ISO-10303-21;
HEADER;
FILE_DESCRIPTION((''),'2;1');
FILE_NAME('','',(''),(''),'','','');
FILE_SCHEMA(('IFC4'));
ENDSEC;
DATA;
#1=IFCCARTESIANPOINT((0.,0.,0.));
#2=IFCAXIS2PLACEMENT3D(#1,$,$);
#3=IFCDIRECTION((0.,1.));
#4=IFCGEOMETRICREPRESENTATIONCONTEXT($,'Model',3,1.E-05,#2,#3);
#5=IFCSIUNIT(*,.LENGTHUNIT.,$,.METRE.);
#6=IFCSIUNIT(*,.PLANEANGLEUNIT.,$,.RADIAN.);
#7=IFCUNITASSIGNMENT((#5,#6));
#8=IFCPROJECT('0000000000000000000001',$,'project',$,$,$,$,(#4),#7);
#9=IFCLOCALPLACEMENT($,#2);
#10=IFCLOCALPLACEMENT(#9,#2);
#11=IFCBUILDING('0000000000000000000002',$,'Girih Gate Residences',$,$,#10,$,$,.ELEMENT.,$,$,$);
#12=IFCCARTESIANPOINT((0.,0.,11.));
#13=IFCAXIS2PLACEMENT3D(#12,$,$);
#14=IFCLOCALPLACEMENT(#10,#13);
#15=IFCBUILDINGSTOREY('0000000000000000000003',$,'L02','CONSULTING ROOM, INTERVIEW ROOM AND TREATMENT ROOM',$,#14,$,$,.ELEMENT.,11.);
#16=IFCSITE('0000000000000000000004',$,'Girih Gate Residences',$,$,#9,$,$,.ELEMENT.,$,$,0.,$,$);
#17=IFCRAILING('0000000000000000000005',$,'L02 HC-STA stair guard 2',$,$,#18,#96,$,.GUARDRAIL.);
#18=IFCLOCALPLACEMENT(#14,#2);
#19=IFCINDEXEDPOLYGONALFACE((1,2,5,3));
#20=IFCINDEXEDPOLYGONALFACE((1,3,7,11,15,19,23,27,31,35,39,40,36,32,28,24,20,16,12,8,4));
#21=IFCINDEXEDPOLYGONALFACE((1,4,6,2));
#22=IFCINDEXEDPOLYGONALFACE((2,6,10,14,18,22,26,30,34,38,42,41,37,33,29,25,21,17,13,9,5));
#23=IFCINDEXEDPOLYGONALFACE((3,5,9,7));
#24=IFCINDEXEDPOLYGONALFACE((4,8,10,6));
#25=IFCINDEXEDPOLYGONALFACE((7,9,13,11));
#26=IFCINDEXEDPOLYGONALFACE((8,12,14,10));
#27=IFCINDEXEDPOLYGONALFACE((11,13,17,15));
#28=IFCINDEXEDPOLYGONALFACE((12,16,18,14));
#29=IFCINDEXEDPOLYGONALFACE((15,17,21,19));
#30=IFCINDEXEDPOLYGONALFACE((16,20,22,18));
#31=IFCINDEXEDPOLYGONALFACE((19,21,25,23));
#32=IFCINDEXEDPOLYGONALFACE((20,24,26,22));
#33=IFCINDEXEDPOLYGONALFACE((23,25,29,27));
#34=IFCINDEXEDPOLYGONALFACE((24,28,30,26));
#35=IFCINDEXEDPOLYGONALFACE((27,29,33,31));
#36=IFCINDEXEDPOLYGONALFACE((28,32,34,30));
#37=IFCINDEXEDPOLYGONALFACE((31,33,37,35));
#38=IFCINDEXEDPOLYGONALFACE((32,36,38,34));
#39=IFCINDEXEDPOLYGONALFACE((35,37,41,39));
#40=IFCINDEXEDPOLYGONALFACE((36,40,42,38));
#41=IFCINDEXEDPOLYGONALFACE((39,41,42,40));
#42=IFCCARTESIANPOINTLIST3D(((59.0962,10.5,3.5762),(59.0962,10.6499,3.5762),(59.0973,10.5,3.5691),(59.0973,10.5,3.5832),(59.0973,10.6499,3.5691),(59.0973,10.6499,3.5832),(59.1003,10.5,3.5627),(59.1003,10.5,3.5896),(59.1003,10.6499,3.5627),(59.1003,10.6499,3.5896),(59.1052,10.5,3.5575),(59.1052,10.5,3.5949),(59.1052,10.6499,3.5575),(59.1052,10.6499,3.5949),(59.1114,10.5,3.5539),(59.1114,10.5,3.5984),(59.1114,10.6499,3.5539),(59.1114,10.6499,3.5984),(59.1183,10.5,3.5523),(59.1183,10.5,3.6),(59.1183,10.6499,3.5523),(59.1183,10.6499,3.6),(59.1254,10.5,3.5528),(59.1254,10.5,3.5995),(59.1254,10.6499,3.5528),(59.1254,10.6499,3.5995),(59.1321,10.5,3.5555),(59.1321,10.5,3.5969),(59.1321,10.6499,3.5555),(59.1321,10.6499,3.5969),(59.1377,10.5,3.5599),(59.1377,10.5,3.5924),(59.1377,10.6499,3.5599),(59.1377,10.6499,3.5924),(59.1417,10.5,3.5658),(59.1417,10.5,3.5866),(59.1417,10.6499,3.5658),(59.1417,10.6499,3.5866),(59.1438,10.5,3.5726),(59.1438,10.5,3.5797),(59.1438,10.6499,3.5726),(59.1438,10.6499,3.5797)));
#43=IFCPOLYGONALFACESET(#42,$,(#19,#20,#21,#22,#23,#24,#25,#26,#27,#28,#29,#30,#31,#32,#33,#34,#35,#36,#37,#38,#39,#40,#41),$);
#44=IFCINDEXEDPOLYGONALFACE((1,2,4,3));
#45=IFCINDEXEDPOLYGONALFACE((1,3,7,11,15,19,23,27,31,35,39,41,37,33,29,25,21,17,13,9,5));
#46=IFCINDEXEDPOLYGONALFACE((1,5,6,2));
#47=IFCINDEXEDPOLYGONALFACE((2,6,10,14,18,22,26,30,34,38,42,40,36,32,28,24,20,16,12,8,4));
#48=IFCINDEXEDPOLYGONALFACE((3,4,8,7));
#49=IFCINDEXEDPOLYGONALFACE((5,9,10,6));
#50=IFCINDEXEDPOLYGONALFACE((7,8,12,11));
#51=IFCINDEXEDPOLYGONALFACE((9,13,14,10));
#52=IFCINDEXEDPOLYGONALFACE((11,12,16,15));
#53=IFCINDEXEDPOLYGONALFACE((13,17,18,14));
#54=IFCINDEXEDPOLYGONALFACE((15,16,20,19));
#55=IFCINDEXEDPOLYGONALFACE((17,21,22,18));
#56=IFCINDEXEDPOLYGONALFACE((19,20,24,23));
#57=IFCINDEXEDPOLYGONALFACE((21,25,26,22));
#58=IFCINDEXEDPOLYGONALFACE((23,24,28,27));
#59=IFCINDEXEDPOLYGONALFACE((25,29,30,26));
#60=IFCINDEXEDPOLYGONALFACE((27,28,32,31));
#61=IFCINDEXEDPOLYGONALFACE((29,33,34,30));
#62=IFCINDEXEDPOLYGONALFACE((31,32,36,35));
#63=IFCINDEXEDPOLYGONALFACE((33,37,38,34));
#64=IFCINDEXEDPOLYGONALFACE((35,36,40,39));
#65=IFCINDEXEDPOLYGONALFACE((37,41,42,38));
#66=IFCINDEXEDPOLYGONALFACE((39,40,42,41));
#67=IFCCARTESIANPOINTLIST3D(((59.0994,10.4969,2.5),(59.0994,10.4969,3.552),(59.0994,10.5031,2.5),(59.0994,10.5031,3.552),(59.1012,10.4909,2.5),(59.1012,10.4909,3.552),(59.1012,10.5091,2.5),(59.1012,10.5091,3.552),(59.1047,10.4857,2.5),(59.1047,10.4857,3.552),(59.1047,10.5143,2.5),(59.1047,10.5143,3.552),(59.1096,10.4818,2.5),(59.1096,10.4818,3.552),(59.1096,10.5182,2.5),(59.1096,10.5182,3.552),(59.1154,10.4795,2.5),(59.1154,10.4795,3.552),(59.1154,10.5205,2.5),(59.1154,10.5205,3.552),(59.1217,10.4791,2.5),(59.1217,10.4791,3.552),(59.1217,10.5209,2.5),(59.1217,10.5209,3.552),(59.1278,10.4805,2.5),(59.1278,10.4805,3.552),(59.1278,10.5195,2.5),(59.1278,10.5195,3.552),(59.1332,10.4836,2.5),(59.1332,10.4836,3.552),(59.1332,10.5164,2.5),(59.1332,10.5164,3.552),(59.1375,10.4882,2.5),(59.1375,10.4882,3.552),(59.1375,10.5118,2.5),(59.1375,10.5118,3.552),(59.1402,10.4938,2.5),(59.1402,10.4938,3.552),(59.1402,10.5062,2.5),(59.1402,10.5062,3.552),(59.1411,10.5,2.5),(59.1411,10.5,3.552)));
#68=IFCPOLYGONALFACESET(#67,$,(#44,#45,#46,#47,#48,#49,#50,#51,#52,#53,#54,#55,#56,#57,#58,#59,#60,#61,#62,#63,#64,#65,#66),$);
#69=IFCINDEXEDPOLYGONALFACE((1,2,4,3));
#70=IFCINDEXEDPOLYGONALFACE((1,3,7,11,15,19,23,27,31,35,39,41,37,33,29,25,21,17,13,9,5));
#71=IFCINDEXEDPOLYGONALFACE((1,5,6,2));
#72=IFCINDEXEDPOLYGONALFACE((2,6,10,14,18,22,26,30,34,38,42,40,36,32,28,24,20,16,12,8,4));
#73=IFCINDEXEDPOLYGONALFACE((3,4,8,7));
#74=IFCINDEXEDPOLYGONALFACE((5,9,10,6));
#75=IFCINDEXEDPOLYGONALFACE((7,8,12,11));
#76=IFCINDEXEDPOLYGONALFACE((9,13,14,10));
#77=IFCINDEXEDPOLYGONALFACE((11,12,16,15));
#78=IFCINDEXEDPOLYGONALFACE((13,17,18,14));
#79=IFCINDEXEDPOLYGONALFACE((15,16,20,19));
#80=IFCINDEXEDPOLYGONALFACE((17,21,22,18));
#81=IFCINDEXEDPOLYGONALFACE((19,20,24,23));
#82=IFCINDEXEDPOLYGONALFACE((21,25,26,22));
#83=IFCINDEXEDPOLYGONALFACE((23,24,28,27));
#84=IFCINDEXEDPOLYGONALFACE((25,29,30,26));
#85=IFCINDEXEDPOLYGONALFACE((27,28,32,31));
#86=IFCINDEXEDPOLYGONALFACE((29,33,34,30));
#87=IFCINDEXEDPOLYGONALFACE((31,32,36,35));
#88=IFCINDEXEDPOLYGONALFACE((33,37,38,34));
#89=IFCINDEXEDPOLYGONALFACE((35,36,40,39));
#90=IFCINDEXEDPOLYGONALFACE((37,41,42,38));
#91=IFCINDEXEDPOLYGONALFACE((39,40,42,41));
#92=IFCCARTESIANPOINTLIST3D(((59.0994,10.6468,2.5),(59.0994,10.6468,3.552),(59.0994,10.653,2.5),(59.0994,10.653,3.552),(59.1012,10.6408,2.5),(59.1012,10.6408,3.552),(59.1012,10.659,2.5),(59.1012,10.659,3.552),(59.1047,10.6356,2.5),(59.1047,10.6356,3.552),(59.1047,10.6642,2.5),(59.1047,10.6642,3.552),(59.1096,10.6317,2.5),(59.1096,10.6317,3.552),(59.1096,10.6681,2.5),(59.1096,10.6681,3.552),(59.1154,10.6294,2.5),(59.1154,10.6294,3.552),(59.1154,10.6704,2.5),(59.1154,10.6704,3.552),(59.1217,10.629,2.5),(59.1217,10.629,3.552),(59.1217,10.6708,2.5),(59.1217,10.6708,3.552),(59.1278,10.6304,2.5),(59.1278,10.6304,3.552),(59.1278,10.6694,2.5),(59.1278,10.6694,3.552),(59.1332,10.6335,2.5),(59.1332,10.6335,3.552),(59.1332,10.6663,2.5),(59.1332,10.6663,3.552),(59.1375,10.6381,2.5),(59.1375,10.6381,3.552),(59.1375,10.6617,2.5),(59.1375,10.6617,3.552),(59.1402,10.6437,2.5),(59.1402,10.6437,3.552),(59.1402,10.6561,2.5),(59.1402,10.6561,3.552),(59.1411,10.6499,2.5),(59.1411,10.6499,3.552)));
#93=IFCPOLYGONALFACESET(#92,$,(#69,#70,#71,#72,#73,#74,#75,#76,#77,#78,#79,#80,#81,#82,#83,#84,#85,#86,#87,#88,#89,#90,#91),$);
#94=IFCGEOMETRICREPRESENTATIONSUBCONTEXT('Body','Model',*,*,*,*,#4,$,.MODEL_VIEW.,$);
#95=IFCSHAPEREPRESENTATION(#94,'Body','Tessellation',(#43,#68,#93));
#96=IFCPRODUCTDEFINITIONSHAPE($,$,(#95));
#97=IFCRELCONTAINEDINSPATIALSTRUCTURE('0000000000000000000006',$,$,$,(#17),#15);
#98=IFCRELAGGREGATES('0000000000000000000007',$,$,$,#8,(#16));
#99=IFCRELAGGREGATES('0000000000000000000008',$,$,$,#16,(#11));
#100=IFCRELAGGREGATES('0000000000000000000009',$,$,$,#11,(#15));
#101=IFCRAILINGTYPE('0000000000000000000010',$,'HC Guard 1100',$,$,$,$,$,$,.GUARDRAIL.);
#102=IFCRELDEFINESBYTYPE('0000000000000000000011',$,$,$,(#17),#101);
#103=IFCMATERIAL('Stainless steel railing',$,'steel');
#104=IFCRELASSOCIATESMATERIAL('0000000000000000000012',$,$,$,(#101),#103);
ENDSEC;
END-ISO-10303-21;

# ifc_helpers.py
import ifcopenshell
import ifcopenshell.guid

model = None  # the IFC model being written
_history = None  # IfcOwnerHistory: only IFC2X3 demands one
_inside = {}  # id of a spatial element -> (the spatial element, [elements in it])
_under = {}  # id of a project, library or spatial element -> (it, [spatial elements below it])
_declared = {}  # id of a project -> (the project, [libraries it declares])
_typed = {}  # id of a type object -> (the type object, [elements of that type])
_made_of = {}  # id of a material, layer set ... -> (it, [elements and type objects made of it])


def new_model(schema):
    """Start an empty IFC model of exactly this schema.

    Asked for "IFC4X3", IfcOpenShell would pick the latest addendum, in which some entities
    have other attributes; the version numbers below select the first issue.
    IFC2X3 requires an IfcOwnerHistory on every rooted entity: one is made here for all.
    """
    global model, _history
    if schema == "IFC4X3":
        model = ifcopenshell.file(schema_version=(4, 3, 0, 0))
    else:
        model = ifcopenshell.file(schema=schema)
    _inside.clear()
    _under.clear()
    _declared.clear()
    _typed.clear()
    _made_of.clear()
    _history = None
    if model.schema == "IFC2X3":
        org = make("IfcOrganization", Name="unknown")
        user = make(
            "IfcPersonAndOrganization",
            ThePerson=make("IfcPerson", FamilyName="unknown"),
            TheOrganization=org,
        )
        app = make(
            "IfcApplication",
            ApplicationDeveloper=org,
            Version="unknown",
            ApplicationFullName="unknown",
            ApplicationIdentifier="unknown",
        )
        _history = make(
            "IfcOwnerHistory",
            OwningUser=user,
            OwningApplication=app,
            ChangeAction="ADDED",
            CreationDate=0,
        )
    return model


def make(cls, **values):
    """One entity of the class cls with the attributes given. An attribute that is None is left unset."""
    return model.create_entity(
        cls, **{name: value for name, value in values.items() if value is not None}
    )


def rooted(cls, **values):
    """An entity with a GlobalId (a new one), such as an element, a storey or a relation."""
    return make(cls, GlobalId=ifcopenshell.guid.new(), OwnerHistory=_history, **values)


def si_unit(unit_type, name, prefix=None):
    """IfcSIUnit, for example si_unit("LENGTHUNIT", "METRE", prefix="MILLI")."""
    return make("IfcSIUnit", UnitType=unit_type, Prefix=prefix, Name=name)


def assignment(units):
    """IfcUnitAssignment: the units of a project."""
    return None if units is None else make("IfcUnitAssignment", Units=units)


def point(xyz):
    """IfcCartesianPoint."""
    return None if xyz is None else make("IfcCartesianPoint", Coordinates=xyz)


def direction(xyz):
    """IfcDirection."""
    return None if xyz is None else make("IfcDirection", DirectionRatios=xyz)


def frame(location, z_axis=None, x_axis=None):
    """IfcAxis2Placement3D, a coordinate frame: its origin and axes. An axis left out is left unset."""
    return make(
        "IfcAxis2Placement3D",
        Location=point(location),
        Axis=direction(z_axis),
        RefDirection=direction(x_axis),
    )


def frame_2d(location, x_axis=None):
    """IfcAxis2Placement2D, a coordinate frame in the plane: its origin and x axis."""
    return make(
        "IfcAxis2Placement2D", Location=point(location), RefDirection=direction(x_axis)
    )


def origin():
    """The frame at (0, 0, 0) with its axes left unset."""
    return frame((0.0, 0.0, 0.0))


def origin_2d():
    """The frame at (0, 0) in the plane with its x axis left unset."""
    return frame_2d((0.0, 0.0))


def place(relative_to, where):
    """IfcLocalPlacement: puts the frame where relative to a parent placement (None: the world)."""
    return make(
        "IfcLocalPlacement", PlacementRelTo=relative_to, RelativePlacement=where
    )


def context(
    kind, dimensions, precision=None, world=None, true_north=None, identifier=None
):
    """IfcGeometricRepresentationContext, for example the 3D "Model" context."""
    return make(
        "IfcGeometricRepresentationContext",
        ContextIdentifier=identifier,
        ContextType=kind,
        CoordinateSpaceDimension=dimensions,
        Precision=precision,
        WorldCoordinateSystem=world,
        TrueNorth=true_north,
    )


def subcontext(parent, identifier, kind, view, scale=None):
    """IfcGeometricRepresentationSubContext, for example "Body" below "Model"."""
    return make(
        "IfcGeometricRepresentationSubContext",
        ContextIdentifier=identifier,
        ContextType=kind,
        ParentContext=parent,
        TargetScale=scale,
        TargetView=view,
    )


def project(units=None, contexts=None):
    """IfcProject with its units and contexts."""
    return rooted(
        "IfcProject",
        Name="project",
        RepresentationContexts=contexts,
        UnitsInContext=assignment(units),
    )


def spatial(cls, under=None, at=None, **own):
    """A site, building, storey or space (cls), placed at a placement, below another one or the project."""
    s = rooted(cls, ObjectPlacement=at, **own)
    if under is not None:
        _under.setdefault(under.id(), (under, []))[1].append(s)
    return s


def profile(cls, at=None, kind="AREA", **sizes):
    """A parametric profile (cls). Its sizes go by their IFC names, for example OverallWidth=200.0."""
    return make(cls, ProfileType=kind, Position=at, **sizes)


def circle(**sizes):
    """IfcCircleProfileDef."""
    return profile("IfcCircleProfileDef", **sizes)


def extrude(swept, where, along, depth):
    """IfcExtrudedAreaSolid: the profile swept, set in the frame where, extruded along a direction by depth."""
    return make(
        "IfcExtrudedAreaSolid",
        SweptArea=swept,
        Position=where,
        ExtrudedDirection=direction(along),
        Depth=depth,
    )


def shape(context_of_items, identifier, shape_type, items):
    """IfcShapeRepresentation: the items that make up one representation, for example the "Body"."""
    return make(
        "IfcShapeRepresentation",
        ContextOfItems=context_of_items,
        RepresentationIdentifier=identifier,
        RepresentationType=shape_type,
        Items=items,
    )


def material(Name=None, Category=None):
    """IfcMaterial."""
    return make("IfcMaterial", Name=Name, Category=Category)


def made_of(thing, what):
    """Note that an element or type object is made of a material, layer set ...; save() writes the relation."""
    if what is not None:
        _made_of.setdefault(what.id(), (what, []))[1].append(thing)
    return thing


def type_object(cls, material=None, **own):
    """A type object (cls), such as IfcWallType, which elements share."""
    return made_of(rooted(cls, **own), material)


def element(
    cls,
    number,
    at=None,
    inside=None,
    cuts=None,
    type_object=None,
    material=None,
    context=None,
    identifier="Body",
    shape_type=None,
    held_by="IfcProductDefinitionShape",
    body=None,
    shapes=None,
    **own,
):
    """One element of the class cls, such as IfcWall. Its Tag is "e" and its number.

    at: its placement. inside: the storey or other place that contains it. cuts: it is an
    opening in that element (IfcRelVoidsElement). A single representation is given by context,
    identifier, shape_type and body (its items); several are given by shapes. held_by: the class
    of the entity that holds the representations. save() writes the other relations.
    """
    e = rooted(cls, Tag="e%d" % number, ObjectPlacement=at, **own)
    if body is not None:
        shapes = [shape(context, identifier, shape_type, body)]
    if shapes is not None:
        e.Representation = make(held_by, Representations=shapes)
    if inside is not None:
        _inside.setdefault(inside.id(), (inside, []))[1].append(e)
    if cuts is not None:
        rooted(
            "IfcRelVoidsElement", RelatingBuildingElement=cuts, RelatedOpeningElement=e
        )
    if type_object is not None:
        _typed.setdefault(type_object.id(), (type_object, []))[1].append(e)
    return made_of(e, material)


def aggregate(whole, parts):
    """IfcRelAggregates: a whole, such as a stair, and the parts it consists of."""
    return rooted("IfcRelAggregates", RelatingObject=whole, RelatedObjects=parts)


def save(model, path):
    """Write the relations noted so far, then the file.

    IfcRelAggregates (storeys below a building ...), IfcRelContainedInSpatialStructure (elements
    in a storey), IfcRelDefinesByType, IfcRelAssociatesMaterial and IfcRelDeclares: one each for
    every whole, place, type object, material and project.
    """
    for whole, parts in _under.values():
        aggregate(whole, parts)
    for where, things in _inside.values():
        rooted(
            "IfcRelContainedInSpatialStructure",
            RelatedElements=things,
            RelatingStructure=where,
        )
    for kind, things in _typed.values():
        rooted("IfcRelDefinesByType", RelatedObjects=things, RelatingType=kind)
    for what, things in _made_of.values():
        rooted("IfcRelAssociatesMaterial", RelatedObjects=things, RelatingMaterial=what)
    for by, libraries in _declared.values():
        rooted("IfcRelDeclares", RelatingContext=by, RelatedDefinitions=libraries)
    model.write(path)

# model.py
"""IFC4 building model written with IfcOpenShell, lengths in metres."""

from ifc_helpers import new_model, si_unit, direction, frame, origin, origin_2d, place, context, subcontext, project, spatial, circle, extrude, material, type_object, element, save


model = new_model("IFC4")

# Units and contexts
model_context = context("Model", 3, precision=1e-05, world=origin(), true_north=direction((0.0, 1.0)))
body_context = subcontext(model_context, "Body", "Model", "MODEL_VIEW")
ifc_project = project(units=[si_unit("LENGTHUNIT", "METRE"), si_unit("PLANEANGLEUNIT", "RADIAN")], contexts=[model_context])

# Site, building, storey
site_placement = place(None, origin())
site = spatial("IfcSite", under=ifc_project, at=site_placement, Name="Girih Gate Residences", CompositionType="ELEMENT", RefElevation=0.0)
building_placement = place(site_placement, origin())
building = spatial("IfcBuilding", under=site, at=building_placement, Name="Girih Gate Residences", CompositionType="ELEMENT")
storey_placement = place(building_placement, frame((0.0, 0.0, 11.0)))
storey = spatial("IfcBuildingStorey", under=building, at=storey_placement, Name="L02", Description="CONSULTING ROOM, INTERVIEW ROOM AND TREATMENT ROOM", CompositionType="ELEMENT", Elevation=11.0)

# Railing
ifc_material_1 = material(Name="Stainless steel railing", Category="steel")
railing_type_1 = type_object("IfcRailingType", Name="HC Guard 1100", PredefinedType="GUARDRAIL", material=ifc_material_1)
railing_1_placement = place(storey_placement, frame((59.1201, 10.5, 2.5)))
element("IfcRailing", 1, at=railing_1_placement, inside=storey, type_object=railing_type_1, Name="L02 HC-STA stair guard 2", PredefinedType="GUARDRAIL", context=body_context, shape_type="SweptSolid", body=[
    extrude(circle(Radius=0.0239, at=origin_2d()), frame((0.0, 0.0, 1.0762), z_axis=(0.0, 1.0, 0.0), x_axis=(-1.0, 0.0, 0.0)), (0.0, 0.0, 1.0), 0.1499),
    extrude(circle(Radius=0.021, at=origin_2d()), origin(), (0.0, 0.0, 1.0), 1.052),
    extrude(circle(Radius=0.021, at=origin_2d()), frame((0.0, 0.1499, 0.0)), (0.0, 0.0, 1.0), 1.052),
])

save(model, "model.ifc")
